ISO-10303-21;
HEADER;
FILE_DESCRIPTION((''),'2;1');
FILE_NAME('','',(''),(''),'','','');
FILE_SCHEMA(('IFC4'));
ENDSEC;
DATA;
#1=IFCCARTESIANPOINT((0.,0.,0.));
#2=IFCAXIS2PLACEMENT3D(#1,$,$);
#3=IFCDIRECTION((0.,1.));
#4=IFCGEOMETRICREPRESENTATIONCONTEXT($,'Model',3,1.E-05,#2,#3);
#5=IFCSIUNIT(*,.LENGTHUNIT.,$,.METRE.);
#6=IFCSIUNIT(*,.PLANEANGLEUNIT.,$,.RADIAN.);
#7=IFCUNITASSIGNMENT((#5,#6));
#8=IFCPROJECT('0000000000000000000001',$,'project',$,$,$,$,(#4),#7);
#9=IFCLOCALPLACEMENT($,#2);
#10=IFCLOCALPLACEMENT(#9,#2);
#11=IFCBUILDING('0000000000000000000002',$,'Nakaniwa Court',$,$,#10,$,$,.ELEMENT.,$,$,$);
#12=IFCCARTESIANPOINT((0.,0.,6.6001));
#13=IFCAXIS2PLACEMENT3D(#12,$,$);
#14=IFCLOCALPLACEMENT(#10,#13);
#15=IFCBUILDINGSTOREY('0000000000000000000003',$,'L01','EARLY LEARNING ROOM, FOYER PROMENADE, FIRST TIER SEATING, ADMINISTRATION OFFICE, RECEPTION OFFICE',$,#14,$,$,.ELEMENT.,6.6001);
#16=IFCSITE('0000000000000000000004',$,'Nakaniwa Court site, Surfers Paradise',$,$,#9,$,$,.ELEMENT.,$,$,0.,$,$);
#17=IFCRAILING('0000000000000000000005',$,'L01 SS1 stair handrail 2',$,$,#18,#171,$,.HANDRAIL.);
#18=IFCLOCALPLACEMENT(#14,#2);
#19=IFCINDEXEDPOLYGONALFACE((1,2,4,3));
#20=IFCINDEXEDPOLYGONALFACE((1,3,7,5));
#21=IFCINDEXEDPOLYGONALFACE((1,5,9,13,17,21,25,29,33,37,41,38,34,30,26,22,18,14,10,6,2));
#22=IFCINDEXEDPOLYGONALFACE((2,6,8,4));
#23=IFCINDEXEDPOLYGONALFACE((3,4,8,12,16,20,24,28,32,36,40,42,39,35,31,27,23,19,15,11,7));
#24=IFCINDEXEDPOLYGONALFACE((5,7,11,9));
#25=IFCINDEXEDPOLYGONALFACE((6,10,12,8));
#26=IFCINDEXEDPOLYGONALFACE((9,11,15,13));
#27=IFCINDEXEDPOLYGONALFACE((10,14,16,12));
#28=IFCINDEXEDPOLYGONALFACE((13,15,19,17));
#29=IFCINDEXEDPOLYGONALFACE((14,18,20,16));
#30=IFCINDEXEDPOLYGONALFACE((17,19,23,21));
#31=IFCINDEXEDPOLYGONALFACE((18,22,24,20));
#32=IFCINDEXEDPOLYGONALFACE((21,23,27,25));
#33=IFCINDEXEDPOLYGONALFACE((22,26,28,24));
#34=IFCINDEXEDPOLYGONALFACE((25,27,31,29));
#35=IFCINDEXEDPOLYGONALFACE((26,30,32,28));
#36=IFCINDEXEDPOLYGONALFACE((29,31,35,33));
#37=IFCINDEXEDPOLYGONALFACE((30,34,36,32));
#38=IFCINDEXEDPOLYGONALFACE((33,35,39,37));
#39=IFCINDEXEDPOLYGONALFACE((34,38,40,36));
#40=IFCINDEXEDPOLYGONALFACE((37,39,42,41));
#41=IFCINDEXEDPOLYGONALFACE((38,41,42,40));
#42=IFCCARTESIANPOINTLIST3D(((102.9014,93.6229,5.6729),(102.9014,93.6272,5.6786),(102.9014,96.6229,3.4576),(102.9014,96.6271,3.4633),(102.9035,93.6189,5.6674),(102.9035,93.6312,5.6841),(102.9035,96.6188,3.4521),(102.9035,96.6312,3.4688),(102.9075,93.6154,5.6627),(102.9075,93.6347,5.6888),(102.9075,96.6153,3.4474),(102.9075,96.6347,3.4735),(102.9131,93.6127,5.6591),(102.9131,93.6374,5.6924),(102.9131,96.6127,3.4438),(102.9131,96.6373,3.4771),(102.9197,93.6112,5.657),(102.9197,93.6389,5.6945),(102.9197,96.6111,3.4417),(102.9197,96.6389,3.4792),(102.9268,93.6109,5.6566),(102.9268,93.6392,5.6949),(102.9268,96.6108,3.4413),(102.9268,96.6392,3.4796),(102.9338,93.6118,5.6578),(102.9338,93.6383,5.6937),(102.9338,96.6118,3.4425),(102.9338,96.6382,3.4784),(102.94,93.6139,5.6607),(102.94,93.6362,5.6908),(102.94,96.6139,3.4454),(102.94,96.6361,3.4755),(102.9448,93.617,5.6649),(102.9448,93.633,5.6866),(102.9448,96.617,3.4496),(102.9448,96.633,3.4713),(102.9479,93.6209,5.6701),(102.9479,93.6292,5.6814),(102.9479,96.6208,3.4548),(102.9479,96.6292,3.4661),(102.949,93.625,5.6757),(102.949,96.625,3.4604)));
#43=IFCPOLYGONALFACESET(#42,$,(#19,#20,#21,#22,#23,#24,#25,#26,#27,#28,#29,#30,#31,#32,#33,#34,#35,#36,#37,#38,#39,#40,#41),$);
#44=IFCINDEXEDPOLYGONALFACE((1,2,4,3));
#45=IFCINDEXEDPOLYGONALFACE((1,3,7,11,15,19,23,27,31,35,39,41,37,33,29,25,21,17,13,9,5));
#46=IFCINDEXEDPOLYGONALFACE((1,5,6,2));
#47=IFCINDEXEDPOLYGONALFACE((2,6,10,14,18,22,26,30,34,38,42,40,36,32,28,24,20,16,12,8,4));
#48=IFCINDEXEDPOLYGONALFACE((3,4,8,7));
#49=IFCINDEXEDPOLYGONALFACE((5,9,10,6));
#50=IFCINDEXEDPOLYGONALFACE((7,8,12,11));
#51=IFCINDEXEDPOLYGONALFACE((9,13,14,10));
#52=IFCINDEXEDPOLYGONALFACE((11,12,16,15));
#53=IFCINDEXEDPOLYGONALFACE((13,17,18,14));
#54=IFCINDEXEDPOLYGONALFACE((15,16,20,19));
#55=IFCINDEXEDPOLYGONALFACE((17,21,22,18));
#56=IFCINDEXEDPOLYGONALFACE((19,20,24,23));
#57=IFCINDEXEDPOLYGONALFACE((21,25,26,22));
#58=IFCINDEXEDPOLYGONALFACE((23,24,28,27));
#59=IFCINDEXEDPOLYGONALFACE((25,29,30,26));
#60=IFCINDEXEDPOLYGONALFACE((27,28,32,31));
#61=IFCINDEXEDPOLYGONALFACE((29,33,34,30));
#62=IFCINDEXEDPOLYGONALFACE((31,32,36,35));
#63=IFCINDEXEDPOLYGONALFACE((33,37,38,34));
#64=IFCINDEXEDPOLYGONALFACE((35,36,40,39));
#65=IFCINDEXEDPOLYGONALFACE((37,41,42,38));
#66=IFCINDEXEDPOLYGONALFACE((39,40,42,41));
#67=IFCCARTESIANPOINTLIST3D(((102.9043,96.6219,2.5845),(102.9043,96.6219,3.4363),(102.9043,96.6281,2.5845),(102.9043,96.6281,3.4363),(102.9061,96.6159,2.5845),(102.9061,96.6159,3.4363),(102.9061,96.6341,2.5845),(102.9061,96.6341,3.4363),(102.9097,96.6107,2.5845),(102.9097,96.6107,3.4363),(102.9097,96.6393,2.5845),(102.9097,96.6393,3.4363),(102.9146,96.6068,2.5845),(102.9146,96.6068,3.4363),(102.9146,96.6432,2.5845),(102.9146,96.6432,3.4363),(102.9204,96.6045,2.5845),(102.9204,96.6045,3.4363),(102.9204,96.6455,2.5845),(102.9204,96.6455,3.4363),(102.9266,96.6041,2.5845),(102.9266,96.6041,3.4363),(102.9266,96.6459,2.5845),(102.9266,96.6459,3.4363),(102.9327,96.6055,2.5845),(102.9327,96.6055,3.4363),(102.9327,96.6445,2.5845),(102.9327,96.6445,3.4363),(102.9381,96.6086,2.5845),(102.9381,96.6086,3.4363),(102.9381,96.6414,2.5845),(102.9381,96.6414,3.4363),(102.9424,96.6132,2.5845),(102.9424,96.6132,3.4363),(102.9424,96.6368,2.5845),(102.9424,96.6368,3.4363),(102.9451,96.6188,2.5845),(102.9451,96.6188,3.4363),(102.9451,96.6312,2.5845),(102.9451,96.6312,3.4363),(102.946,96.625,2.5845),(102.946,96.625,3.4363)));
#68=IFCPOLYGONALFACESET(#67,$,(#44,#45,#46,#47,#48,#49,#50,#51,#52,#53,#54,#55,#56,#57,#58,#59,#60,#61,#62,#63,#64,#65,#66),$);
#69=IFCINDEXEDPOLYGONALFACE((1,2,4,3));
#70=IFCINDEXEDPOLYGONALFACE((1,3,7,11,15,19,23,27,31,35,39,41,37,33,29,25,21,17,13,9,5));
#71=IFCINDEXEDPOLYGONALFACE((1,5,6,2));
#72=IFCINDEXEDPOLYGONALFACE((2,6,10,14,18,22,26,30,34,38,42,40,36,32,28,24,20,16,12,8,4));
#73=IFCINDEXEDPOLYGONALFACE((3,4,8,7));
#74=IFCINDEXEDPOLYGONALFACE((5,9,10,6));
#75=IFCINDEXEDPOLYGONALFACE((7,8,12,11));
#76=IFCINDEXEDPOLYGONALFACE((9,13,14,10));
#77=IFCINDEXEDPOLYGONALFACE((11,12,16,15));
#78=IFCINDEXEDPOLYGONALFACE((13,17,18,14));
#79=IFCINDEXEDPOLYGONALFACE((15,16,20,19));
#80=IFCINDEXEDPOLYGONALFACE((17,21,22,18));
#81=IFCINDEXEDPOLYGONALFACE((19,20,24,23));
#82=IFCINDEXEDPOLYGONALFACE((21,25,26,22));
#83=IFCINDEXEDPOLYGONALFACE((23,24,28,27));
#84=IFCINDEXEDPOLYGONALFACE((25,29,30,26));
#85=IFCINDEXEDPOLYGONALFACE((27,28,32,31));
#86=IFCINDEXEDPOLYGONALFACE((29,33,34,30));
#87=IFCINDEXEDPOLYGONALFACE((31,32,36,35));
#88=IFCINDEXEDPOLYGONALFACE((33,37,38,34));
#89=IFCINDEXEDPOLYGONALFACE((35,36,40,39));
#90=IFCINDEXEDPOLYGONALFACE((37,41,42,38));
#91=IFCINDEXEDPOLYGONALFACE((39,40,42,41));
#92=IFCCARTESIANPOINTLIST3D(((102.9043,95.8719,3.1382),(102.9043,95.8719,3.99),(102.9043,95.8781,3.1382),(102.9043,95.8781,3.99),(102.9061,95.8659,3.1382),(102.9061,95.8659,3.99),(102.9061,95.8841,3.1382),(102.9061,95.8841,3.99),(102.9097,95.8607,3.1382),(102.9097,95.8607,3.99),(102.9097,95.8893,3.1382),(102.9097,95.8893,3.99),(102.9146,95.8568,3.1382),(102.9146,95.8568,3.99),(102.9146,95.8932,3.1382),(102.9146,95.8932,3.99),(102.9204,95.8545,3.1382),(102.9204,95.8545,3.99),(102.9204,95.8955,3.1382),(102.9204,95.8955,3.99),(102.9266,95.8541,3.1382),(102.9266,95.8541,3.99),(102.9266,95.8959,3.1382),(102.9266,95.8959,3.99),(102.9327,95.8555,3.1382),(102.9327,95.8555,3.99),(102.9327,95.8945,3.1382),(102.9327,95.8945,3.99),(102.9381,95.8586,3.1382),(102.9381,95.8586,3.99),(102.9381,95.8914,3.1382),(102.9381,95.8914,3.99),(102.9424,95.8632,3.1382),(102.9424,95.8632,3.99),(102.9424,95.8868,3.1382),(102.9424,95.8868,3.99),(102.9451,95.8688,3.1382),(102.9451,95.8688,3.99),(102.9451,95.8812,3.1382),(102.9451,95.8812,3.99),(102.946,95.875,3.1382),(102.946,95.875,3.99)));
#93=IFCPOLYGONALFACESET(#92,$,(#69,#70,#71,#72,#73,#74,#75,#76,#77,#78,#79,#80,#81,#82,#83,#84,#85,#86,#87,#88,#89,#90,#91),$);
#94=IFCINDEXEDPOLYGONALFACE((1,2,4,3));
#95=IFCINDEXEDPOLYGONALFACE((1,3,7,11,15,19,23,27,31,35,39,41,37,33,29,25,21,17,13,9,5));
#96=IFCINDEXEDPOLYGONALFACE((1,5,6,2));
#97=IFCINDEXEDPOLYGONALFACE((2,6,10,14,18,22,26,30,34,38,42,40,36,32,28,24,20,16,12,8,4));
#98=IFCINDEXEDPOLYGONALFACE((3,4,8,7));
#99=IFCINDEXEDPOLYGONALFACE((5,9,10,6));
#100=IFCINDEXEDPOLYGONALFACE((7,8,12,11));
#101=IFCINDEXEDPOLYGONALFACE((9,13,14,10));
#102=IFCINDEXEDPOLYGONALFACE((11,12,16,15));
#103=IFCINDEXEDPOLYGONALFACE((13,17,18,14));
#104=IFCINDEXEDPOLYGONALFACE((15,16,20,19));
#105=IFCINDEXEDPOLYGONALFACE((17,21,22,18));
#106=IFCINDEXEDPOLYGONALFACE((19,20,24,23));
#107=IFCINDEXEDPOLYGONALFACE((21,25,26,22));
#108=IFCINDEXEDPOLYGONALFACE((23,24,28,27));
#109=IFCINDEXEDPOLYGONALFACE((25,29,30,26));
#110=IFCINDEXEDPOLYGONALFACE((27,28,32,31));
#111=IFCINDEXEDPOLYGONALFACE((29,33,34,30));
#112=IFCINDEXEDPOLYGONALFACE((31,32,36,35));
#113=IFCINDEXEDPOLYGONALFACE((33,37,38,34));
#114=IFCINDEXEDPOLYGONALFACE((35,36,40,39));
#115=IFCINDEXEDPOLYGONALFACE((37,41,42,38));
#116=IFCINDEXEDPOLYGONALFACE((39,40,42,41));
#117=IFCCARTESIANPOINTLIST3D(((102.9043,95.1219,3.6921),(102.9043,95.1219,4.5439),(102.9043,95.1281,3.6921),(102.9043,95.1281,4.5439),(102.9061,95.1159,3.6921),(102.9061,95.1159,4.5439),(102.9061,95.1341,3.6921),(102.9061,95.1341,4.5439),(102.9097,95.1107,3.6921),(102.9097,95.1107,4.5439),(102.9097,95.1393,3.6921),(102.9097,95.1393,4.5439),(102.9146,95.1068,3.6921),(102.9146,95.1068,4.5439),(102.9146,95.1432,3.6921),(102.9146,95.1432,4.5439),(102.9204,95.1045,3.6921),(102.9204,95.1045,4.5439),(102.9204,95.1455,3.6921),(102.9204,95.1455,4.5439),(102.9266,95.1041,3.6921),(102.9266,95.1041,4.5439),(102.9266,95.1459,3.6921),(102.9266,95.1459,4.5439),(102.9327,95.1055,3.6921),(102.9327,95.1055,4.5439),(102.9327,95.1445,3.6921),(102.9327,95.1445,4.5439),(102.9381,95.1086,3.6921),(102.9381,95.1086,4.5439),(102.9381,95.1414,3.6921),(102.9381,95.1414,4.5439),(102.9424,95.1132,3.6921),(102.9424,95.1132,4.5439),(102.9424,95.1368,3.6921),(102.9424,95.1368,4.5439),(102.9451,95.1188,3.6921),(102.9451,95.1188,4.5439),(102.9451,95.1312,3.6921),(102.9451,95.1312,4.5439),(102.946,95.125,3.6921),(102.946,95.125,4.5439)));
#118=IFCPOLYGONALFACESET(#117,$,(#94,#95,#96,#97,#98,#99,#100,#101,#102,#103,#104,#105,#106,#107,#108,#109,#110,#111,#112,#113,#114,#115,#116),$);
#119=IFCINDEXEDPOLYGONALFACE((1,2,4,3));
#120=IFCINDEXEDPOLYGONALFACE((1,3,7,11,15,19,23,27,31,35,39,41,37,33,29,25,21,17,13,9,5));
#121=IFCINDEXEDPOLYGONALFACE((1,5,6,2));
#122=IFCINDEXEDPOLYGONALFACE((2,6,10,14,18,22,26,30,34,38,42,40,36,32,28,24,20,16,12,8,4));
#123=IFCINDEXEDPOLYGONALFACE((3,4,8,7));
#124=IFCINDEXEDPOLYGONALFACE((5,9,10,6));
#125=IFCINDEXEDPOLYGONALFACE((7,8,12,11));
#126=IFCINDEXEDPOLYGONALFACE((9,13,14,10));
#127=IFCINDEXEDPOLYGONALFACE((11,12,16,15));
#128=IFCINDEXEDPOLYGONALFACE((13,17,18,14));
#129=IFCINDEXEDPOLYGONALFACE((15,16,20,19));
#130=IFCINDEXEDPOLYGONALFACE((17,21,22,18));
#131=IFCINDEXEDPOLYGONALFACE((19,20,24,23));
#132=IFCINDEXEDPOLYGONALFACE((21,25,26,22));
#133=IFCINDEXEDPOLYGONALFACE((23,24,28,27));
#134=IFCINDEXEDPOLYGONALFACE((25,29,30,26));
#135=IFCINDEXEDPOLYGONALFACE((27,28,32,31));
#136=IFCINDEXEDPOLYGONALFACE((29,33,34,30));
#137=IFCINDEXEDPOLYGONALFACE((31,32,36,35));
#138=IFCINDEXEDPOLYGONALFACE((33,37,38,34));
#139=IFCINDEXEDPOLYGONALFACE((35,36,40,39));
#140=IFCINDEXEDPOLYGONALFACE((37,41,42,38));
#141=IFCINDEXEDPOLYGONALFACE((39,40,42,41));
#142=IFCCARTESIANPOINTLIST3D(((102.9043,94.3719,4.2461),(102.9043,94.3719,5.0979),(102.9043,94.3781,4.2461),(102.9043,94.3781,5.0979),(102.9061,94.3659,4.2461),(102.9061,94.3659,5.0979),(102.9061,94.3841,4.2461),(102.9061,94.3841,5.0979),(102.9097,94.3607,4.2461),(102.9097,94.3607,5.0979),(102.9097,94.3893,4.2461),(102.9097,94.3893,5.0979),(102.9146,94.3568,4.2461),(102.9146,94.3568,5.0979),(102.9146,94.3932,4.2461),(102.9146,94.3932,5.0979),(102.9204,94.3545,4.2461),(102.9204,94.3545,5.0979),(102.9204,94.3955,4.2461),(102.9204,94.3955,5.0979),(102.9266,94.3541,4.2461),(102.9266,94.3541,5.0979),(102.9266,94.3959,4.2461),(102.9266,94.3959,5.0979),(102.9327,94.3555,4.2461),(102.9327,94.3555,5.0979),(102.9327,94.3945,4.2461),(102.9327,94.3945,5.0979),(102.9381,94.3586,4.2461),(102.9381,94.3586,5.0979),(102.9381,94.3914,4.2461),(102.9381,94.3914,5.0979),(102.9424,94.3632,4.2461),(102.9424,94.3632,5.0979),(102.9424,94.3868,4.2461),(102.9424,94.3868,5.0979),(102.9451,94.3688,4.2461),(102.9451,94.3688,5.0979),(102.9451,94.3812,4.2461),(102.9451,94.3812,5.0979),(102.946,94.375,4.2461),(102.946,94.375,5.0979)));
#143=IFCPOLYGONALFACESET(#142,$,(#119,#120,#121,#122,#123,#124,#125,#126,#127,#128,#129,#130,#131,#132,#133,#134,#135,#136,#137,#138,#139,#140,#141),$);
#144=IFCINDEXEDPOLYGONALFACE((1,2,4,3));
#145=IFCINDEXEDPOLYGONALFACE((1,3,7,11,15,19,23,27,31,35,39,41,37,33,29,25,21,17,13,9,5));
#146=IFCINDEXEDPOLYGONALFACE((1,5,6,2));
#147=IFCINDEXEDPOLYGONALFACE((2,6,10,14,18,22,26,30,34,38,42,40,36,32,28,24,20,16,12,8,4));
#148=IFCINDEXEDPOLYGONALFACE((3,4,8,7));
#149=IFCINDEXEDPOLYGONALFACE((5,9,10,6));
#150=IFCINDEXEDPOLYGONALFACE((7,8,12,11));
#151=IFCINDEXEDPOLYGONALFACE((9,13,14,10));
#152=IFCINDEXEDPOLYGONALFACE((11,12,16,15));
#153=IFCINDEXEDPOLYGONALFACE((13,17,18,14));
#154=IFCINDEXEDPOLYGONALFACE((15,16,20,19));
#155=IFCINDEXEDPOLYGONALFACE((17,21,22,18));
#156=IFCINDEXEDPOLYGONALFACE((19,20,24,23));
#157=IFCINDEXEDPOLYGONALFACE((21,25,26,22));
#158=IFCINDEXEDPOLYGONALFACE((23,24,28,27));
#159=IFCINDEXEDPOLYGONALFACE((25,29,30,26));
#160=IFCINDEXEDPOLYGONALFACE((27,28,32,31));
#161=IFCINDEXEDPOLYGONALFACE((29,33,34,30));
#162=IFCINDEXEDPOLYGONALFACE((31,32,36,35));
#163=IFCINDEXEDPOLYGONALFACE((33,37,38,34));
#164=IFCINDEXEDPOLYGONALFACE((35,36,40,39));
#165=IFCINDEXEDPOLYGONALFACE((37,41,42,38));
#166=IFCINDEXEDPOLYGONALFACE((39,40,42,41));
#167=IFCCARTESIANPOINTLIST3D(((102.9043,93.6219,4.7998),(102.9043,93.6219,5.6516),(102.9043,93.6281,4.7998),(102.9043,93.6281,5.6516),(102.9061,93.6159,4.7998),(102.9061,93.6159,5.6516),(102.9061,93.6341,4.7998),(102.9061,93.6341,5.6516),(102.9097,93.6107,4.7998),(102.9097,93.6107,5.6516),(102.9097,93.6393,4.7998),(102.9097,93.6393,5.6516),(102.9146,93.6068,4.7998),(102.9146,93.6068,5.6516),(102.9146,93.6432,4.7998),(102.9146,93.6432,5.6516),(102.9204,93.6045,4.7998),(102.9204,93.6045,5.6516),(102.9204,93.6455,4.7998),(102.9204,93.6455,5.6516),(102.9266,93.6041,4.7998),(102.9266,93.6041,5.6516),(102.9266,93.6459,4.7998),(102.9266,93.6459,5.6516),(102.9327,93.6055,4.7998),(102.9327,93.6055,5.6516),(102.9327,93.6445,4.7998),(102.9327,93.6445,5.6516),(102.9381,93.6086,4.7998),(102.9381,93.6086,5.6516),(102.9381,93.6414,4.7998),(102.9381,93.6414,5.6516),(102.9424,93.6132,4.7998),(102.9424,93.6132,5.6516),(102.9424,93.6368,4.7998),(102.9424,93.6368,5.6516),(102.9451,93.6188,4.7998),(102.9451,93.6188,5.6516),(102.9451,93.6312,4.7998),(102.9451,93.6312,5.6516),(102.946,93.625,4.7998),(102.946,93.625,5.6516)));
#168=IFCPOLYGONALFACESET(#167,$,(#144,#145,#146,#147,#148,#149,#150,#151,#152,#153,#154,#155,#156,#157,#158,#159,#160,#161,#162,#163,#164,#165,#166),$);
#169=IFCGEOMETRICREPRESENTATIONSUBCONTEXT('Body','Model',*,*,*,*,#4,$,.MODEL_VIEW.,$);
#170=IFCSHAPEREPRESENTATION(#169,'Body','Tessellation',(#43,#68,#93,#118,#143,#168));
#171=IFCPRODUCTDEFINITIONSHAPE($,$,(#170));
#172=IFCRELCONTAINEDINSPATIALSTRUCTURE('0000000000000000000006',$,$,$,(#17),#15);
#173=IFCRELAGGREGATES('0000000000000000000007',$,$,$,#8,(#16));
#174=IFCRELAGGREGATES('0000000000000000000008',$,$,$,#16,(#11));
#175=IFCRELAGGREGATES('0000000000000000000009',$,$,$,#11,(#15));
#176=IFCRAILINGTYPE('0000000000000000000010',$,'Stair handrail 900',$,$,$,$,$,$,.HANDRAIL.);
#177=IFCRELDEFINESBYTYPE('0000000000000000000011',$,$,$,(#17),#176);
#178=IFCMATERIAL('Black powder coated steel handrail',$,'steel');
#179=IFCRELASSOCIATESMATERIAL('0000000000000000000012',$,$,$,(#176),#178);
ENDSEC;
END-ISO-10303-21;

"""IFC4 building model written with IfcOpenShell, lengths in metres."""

from ifc_helpers import new_model, si_unit, direction, frame, origin, origin_2d, place, context, subcontext, project, spatial, circle, extrude, material, type_object, element, save


model = new_model("IFC4")

# Units and contexts
model_context = context("Model", 3, precision=1e-05, world=origin(), true_north=direction((0.0, 1.0)))
body_context = subcontext(model_context, "Body", "Model", "MODEL_VIEW")
ifc_project = project(units=[si_unit("LENGTHUNIT", "METRE"), si_unit("PLANEANGLEUNIT", "RADIAN")], contexts=[model_context])

# Site, building, storey
site_placement = place(None, origin())
site = spatial("IfcSite", under=ifc_project, at=site_placement, Name="Nakaniwa Court site, Surfers Paradise", CompositionType="ELEMENT", RefElevation=0.0)
building_placement = place(site_placement, origin())
building = spatial("IfcBuilding", under=site, at=building_placement, Name="Nakaniwa Court", CompositionType="ELEMENT")
storey_placement = place(building_placement, frame((0.0, 0.0, 6.6001)))
storey = spatial("IfcBuildingStorey", under=building, at=storey_placement, Name="L01", Description="EARLY LEARNING ROOM, FOYER PROMENADE, FIRST TIER SEATING, ADMINISTRATION OFFICE, RECEPTION OFFICE", CompositionType="ELEMENT", Elevation=6.6001)

# Railing
ifc_material_1 = material(Name="Black powder coated steel handrail", Category="steel")
railing_type_1 = type_object("IfcRailingType", Name="Stair handrail 900", PredefinedType="HANDRAIL", material=ifc_material_1)
railing_1_placement = place(storey_placement, frame((102.925, 96.625, 2.5845)))
element("IfcRailing", 1, at=railing_1_placement, inside=storey, type_object=railing_type_1, Name="L01 SS1 stair handrail 2", PredefinedType="HANDRAIL", context=body_context, shape_type="SweptSolid", body=[
    extrude(circle(Radius=0.0239, at=origin_2d()), frame((0.0, 0.0, 0.876), z_axis=(0.0, -0.80444, 0.594034), x_axis=(1.0, 0.0, 0.0)), (0.0, 0.0, 1.0), 3.7292),
    extrude(circle(Radius=0.021, at=origin_2d()), origin(), (0.0, 0.0, 1.0), 0.8518),
    extrude(circle(Radius=0.021, at=origin_2d()), frame((0.0, -0.75, 0.5537)), (0.0, 0.0, 1.0), 0.8518),
    extrude(circle(Radius=0.021, at=origin_2d()), frame((0.0, -1.5, 1.1077)), (0.0, 0.0, 1.0), 0.8518),
    extrude(circle(Radius=0.021, at=origin_2d()), frame((0.0, -2.25, 1.6616)), (0.0, 0.0, 1.0), 0.8518),
    extrude(circle(Radius=0.021, at=origin_2d()), frame((0.0, -3.0, 2.2153)), (0.0, 0.0, 1.0), 0.8518),
])

save(model, "model.ifc")
